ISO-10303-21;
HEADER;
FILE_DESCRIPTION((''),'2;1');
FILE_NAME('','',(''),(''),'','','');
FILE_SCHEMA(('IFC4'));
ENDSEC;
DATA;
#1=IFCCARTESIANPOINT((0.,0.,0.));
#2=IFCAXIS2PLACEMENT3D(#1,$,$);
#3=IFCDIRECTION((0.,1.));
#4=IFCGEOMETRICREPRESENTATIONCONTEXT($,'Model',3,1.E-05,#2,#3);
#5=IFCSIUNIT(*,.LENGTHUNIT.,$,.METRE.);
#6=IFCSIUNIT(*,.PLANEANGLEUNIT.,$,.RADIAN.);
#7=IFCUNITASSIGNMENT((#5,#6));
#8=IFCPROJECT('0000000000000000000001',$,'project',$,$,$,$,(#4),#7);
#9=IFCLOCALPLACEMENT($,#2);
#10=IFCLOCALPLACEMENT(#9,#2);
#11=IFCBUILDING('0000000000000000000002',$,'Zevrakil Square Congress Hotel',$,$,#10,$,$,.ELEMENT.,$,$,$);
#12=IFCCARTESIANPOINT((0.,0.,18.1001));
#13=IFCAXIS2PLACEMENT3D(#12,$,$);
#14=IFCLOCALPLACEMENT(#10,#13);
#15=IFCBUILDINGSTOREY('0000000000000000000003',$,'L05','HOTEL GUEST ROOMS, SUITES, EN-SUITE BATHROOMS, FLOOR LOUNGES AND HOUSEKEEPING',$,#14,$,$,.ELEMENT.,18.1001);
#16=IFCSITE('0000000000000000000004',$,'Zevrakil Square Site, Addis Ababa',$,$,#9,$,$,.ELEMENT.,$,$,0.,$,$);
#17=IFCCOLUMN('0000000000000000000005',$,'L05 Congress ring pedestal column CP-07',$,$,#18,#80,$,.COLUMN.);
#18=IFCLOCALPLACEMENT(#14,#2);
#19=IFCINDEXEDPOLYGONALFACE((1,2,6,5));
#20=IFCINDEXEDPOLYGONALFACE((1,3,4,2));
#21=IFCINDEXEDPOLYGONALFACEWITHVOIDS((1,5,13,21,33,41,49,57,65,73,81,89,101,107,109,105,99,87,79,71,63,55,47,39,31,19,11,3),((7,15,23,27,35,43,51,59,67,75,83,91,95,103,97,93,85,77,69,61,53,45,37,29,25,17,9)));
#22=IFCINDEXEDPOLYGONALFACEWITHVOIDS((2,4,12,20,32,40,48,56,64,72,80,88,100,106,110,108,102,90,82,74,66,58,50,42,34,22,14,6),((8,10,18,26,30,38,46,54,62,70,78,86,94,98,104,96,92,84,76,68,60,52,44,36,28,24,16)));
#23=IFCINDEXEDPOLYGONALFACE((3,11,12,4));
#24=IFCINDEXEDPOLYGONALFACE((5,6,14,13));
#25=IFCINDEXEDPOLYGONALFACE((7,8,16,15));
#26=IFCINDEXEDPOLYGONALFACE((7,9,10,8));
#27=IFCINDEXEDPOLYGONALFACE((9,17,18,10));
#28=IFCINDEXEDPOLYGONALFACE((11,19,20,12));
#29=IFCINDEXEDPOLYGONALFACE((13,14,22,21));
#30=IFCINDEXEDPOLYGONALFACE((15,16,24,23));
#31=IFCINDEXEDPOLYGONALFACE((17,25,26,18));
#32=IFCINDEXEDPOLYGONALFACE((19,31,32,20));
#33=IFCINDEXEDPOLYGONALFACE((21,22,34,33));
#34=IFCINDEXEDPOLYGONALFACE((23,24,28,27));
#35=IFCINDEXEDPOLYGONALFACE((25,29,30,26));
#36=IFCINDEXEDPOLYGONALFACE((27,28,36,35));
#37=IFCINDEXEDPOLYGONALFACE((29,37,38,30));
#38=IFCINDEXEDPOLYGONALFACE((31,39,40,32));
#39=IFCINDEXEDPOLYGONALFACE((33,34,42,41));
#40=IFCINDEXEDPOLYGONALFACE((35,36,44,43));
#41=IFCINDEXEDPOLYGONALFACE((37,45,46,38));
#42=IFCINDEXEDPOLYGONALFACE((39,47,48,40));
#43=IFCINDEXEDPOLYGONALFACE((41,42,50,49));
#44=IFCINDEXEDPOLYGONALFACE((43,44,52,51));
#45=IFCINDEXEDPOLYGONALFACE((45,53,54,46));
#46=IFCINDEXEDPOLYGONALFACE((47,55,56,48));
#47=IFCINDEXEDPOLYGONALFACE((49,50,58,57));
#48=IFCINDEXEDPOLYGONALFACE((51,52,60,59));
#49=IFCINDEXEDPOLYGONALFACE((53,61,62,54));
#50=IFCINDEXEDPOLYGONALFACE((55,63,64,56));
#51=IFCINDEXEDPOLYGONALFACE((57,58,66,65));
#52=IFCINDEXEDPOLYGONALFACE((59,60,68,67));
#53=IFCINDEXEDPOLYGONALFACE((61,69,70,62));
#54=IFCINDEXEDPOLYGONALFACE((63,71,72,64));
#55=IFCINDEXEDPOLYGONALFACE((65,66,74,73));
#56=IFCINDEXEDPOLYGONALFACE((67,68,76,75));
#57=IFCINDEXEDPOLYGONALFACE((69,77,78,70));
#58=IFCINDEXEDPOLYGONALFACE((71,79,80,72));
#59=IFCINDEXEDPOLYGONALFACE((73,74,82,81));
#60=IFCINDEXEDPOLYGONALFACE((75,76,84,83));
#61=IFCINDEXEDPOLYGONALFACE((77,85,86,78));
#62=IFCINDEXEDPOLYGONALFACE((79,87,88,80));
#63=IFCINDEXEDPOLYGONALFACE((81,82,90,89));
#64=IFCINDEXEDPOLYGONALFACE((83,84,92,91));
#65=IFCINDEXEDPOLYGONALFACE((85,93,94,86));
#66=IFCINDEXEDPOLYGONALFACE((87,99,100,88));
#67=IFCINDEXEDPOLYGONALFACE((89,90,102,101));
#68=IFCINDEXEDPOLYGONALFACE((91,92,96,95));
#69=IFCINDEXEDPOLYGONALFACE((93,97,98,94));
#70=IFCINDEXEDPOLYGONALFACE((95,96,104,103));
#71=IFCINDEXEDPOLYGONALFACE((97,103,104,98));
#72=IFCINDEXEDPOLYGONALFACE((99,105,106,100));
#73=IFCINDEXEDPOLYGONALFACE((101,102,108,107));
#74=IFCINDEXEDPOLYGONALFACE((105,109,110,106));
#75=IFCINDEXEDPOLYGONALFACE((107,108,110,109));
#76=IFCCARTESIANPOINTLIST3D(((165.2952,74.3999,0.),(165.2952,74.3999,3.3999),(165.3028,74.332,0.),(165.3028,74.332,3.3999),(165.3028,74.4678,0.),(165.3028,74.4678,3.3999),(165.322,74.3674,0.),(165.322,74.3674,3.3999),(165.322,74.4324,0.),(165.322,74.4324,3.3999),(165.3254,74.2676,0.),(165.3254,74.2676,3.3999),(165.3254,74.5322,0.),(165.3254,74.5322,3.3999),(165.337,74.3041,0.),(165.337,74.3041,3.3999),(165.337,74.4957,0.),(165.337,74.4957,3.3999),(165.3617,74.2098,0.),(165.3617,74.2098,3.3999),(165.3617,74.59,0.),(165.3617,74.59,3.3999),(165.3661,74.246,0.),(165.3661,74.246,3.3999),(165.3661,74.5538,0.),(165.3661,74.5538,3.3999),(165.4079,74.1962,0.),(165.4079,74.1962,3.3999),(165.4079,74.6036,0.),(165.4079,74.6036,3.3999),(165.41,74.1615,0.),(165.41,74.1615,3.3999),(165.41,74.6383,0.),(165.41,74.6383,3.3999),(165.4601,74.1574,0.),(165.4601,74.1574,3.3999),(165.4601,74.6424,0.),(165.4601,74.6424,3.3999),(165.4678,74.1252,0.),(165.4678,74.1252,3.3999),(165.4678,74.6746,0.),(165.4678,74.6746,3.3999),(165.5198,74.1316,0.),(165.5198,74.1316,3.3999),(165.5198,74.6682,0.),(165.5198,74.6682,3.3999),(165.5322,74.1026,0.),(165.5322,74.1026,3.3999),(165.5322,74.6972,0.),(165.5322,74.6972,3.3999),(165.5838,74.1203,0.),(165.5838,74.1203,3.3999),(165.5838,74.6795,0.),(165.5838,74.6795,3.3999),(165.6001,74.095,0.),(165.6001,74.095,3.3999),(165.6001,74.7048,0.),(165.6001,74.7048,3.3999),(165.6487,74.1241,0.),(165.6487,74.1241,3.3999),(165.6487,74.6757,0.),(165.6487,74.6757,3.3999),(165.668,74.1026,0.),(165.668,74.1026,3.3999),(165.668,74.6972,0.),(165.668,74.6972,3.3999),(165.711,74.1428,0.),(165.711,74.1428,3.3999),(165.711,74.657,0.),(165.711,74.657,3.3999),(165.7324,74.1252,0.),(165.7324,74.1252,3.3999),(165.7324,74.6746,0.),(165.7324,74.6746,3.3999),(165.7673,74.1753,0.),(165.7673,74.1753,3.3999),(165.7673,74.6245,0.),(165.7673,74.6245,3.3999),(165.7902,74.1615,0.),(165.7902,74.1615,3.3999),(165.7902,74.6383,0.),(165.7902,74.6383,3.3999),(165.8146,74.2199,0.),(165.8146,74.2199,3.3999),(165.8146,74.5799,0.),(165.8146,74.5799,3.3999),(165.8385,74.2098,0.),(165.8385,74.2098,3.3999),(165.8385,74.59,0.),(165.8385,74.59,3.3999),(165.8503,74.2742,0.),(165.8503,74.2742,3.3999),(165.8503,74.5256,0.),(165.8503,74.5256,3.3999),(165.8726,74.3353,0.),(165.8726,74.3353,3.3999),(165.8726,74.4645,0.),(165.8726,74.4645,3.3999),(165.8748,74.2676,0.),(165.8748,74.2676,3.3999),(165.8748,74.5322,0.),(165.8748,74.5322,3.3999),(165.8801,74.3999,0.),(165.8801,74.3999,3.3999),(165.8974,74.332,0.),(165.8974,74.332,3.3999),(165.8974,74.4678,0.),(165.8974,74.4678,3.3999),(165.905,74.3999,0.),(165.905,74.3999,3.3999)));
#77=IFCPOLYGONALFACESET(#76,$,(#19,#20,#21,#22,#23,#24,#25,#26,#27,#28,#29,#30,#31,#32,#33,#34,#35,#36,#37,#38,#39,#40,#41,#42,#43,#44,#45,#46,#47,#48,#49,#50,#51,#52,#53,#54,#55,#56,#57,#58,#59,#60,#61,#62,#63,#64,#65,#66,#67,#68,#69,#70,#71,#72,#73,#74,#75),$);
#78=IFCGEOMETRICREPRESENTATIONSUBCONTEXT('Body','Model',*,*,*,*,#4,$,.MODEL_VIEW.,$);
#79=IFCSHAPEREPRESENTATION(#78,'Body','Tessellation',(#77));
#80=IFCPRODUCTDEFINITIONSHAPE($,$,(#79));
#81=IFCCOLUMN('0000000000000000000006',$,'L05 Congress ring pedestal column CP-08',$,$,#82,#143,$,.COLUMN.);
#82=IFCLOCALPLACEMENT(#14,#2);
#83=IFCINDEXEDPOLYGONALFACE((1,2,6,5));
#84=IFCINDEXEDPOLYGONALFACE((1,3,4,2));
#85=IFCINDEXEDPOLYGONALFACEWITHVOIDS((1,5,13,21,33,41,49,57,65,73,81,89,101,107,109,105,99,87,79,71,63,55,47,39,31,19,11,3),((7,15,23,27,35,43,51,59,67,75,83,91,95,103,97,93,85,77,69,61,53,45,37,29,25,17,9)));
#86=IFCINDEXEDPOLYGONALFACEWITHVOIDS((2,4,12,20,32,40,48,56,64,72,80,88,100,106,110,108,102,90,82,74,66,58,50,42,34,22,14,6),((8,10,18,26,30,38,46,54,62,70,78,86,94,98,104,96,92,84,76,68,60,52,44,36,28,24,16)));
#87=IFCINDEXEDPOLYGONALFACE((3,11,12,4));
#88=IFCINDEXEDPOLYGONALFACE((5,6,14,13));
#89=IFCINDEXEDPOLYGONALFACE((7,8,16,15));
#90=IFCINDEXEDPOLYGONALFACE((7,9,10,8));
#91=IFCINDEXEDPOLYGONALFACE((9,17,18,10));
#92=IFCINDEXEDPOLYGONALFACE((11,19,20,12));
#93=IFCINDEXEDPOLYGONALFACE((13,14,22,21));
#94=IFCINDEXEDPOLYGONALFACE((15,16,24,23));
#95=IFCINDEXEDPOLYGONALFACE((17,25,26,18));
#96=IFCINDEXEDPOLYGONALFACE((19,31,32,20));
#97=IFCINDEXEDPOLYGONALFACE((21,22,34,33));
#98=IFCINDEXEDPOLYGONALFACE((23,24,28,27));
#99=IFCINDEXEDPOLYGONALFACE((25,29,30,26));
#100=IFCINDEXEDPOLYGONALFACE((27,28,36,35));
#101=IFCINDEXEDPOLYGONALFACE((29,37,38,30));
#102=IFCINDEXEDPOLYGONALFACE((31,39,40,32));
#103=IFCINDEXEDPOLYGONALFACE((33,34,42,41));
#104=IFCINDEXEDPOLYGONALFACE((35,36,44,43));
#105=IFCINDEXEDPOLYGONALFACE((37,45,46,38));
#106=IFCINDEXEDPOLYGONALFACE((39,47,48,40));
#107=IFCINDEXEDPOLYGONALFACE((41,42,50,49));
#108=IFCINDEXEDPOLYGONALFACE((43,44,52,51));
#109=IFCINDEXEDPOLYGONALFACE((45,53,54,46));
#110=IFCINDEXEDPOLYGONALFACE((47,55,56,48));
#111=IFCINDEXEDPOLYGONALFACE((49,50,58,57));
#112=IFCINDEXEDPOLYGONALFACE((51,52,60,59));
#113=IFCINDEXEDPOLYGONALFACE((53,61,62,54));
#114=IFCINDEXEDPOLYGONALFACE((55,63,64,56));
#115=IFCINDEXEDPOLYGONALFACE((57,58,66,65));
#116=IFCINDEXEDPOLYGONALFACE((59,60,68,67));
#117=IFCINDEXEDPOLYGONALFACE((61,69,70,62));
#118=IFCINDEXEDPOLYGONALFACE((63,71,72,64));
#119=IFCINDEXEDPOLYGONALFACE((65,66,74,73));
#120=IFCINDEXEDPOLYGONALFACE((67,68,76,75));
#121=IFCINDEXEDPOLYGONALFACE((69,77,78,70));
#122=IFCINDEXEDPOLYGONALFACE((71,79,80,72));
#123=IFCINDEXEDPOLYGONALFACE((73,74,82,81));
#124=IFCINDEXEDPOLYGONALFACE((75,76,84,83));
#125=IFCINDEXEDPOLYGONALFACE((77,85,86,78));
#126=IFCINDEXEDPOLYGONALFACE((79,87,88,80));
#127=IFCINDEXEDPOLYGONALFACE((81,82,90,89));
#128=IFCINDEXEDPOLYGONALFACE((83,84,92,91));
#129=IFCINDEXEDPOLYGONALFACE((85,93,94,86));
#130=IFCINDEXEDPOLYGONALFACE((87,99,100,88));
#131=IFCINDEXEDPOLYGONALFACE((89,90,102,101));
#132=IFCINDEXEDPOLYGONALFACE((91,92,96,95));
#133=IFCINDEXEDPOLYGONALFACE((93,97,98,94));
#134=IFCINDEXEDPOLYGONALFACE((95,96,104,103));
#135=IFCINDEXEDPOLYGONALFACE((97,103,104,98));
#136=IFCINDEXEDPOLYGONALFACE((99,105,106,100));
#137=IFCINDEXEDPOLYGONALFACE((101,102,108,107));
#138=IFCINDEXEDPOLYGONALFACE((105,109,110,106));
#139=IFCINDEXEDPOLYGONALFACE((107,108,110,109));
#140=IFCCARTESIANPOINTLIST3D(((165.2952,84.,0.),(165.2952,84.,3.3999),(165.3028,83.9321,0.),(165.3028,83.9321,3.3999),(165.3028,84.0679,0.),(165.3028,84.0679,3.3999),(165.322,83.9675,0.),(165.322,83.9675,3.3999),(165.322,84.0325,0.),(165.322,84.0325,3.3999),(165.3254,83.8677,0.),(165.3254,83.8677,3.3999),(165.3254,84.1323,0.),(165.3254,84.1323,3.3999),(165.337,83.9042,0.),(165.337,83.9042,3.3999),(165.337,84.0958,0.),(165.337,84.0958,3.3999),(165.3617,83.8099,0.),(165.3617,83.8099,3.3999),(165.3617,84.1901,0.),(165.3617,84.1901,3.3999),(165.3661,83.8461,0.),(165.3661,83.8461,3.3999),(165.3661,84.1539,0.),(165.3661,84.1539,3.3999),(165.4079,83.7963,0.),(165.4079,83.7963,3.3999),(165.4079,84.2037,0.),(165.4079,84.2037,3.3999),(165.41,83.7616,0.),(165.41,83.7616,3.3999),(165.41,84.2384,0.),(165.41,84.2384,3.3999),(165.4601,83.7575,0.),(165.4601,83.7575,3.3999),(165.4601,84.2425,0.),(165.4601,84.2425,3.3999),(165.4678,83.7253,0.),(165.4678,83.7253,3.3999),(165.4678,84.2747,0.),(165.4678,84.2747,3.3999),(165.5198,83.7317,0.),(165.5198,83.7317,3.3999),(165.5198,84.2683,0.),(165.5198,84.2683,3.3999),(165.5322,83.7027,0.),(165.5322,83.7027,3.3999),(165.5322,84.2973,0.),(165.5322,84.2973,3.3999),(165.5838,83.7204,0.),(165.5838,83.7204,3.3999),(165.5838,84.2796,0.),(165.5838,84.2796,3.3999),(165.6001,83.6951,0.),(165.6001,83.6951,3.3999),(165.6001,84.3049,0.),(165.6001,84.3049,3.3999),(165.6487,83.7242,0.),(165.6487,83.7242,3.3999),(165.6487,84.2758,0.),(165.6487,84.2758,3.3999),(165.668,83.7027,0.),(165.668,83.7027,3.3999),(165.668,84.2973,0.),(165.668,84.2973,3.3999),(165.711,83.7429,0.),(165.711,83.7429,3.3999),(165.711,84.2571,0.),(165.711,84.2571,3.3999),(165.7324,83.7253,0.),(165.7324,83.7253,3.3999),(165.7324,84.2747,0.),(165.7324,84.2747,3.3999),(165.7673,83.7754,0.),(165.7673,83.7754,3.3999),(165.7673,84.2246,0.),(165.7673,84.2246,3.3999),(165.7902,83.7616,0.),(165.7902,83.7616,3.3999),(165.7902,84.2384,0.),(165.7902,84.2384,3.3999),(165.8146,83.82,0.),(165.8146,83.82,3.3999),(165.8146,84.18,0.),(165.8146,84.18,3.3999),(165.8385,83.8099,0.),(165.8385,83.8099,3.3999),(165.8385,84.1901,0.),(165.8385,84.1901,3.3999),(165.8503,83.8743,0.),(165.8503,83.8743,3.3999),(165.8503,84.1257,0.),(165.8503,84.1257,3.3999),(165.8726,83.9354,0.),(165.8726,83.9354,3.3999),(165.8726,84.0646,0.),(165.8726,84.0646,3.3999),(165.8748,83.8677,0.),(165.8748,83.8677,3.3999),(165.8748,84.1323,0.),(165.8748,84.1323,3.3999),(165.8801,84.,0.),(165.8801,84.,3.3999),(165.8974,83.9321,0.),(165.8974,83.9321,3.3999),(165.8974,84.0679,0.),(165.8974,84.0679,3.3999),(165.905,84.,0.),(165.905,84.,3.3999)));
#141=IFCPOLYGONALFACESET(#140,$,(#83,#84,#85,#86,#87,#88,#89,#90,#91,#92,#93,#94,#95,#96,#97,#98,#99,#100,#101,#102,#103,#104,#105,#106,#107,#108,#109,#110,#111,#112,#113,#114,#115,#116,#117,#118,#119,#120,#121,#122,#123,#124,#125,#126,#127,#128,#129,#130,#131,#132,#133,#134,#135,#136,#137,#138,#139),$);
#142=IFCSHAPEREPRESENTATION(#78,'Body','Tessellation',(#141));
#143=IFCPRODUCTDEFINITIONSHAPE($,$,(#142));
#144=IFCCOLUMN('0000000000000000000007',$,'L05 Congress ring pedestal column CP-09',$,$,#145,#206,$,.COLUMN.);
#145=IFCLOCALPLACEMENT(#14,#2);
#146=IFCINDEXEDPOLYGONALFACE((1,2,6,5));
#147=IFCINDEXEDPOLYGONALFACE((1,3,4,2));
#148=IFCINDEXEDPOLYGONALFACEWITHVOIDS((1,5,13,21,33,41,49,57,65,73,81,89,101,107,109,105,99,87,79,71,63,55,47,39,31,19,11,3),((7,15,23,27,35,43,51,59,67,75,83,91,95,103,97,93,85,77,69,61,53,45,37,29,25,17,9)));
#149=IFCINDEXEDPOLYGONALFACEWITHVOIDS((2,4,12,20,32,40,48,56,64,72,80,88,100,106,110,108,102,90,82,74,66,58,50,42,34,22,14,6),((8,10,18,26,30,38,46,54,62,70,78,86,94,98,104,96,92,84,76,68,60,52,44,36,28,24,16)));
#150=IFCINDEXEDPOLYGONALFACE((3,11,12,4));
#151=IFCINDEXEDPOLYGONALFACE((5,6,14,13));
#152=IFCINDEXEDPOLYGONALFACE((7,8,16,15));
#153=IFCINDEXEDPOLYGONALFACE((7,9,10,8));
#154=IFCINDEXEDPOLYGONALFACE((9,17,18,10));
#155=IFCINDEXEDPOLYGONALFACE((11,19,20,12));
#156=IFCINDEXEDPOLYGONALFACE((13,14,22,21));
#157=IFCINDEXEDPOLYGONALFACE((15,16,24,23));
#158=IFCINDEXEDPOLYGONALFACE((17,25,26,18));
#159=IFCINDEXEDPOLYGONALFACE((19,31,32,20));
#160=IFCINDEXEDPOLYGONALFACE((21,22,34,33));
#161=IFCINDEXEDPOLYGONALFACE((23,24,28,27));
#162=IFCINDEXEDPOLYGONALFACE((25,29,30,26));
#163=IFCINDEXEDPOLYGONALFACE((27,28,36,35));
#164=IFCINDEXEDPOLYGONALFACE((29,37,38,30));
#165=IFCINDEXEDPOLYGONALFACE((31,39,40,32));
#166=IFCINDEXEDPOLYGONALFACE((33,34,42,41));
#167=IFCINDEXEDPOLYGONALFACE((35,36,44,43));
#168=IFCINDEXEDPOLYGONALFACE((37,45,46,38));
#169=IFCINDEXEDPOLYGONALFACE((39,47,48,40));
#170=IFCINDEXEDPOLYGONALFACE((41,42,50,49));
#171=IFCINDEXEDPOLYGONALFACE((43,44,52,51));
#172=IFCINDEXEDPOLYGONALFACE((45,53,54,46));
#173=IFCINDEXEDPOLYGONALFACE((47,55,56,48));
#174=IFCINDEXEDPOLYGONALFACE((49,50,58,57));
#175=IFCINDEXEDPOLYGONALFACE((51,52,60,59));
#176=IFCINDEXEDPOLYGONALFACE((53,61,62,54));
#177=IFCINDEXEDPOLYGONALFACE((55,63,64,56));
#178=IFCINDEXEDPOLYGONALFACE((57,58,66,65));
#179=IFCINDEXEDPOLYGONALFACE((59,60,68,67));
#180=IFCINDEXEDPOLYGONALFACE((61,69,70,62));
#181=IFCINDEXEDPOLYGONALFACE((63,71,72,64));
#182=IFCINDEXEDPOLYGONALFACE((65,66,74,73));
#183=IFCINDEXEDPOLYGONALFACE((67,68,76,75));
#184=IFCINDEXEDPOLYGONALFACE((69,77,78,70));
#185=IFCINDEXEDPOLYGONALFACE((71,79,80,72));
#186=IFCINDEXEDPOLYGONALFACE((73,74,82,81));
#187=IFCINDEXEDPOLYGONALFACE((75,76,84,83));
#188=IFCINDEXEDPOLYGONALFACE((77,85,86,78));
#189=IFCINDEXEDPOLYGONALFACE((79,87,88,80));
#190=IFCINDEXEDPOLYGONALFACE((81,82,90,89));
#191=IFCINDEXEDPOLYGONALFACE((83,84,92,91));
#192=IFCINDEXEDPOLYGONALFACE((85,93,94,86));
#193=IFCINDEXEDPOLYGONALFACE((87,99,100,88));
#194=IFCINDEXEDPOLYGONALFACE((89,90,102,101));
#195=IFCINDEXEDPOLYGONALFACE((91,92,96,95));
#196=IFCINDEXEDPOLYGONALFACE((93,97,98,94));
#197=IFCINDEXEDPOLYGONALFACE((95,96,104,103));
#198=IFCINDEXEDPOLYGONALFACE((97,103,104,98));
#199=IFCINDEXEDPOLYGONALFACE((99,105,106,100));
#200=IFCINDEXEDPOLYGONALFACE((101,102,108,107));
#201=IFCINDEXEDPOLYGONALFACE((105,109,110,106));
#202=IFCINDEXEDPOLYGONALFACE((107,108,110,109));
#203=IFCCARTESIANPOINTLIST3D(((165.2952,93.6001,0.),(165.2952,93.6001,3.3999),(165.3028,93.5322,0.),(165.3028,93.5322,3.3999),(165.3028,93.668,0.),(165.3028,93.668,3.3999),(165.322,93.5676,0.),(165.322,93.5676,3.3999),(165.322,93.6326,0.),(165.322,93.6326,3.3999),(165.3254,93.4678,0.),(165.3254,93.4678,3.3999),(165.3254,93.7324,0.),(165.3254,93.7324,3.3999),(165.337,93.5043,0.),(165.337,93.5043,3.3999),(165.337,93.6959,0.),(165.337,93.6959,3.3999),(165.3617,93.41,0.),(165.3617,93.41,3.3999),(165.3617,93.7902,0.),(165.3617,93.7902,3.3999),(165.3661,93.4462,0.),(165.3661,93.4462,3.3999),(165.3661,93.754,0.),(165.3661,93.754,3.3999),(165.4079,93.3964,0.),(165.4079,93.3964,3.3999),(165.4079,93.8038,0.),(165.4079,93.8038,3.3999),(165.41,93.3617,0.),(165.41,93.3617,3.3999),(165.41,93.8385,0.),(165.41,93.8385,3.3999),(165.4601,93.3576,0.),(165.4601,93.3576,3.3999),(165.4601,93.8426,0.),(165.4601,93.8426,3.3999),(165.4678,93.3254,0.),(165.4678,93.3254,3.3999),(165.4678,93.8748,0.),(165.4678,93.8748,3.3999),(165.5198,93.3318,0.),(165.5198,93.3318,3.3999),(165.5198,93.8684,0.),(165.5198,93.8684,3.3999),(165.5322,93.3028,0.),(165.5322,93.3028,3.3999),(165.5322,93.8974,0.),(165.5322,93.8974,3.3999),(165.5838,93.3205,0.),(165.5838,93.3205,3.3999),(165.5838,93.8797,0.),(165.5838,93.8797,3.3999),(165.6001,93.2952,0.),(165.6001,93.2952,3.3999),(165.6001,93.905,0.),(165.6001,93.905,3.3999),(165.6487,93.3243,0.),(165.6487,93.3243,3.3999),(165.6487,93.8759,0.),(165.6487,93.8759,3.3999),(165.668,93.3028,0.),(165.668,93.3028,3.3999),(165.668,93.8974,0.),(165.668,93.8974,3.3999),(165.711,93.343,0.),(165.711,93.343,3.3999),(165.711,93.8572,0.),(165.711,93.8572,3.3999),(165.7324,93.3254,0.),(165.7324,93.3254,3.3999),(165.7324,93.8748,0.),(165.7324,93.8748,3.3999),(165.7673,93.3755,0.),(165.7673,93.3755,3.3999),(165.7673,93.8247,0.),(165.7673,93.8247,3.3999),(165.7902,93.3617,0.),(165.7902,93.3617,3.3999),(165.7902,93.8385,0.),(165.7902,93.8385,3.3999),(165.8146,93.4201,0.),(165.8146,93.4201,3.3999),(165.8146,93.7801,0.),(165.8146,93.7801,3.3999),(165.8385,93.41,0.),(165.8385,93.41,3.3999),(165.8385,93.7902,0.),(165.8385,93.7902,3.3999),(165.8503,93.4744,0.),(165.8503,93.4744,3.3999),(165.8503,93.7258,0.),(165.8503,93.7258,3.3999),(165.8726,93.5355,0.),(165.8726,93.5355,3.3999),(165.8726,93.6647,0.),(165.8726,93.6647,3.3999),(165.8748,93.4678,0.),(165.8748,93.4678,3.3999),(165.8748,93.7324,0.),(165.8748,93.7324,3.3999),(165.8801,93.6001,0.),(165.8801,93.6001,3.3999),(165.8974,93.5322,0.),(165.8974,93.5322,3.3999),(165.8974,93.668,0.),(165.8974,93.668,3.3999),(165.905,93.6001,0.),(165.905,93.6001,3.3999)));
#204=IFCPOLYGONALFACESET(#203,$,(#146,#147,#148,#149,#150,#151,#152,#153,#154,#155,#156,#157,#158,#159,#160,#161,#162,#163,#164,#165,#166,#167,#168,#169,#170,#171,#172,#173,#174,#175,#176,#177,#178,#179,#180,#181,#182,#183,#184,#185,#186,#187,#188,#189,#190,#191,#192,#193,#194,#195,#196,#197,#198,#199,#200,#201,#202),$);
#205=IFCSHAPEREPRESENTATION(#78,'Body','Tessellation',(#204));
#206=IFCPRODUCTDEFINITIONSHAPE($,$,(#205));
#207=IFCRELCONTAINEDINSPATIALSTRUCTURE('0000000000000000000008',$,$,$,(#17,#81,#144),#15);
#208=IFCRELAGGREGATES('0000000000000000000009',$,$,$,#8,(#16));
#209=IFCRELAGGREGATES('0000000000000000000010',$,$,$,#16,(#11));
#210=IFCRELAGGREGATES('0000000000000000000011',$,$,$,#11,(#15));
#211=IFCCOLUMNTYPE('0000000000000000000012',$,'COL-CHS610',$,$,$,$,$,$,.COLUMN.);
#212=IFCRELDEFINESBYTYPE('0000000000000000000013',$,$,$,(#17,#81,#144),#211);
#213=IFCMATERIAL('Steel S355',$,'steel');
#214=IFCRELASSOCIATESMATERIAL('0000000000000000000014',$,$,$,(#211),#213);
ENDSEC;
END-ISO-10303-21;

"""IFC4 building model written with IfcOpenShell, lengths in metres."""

from ifc_helpers import new_model, si_unit, direction, frame, origin, origin_2d, place, context, subcontext, project, spatial, hollow_circle, extrude, material, material_profile, profile_set, type_object, element, save


model = new_model("IFC4")

# Units and contexts
model_context = context("Model", 3, precision=1e-05, world=origin(), true_north=direction((0.0, 1.0)))
body_context = subcontext(model_context, "Body", "Model", "MODEL_VIEW")
ifc_project = project(units=[si_unit("LENGTHUNIT", "METRE"), si_unit("PLANEANGLEUNIT", "RADIAN")], contexts=[model_context])

# Site, building, storey
site_placement = place(None, origin())
site = spatial("IfcSite", under=ifc_project, at=site_placement, Name="Zevrakil Square Site, Addis Ababa", CompositionType="ELEMENT", RefElevation=0.0)
building_placement = place(site_placement, origin())
building = spatial("IfcBuilding", under=site, at=building_placement, Name="Zevrakil Square Congress Hotel", CompositionType="ELEMENT")
storey_placement = place(building_placement, frame((0.0, 0.0, 18.1001)))
storey = spatial("IfcBuildingStorey", under=building, at=storey_placement, Name="L05", Description="HOTEL GUEST ROOMS, SUITES, EN-SUITE BATHROOMS, FLOOR LOUNGES AND HOUSEKEEPING", CompositionType="ELEMENT", Elevation=18.1001)

# Columns
ifc_material_1 = material(Name="Steel S355", Category="steel")
ifc_material_profile_1 = material_profile(ifc_material_1, hollow_circle(Radius=0.3049, WallThickness=0.0249, at=origin_2d()), Name="CHS 610x25")
ifc_profile_set_1 = profile_set([ifc_material_profile_1], Name="Steel S355")
column_type = type_object("IfcColumnType", Name="COL-CHS610", PredefinedType="COLUMN", material=ifc_profile_set_1)
for number, where, z_axis, x_axis, name in (
    (1, (165.6001, 74.3999, 0.0), (0.0, 0.0, 1.0), (1.0, 0.0, 0.0), "L05 Congress ring pedestal column CP-07"),
    (2, (165.6001, 84.0, 0.0), (0.0, 0.0, 1.0), (1.0, 0.0, 0.0), "L05 Congress ring pedestal column CP-08"),
    (3, (165.6001, 93.6001, 0.0), (0.0, 0.0, 1.0), (1.0, 0.0, 0.0), "L05 Congress ring pedestal column CP-09"),
):
    element("IfcColumn", number, at=place(storey_placement, frame(where, z_axis=z_axis, x_axis=x_axis)), inside=storey, type_object=column_type, Name=name, PredefinedType="COLUMN", context=body_context, shape_type="SweptSolid", body=[
        extrude(hollow_circle(Radius=0.3049, WallThickness=0.0249, at=origin_2d()), origin(), (0.0, 0.0, 1.0), 3.3999),
    ])

save(model, "model.ifc")
